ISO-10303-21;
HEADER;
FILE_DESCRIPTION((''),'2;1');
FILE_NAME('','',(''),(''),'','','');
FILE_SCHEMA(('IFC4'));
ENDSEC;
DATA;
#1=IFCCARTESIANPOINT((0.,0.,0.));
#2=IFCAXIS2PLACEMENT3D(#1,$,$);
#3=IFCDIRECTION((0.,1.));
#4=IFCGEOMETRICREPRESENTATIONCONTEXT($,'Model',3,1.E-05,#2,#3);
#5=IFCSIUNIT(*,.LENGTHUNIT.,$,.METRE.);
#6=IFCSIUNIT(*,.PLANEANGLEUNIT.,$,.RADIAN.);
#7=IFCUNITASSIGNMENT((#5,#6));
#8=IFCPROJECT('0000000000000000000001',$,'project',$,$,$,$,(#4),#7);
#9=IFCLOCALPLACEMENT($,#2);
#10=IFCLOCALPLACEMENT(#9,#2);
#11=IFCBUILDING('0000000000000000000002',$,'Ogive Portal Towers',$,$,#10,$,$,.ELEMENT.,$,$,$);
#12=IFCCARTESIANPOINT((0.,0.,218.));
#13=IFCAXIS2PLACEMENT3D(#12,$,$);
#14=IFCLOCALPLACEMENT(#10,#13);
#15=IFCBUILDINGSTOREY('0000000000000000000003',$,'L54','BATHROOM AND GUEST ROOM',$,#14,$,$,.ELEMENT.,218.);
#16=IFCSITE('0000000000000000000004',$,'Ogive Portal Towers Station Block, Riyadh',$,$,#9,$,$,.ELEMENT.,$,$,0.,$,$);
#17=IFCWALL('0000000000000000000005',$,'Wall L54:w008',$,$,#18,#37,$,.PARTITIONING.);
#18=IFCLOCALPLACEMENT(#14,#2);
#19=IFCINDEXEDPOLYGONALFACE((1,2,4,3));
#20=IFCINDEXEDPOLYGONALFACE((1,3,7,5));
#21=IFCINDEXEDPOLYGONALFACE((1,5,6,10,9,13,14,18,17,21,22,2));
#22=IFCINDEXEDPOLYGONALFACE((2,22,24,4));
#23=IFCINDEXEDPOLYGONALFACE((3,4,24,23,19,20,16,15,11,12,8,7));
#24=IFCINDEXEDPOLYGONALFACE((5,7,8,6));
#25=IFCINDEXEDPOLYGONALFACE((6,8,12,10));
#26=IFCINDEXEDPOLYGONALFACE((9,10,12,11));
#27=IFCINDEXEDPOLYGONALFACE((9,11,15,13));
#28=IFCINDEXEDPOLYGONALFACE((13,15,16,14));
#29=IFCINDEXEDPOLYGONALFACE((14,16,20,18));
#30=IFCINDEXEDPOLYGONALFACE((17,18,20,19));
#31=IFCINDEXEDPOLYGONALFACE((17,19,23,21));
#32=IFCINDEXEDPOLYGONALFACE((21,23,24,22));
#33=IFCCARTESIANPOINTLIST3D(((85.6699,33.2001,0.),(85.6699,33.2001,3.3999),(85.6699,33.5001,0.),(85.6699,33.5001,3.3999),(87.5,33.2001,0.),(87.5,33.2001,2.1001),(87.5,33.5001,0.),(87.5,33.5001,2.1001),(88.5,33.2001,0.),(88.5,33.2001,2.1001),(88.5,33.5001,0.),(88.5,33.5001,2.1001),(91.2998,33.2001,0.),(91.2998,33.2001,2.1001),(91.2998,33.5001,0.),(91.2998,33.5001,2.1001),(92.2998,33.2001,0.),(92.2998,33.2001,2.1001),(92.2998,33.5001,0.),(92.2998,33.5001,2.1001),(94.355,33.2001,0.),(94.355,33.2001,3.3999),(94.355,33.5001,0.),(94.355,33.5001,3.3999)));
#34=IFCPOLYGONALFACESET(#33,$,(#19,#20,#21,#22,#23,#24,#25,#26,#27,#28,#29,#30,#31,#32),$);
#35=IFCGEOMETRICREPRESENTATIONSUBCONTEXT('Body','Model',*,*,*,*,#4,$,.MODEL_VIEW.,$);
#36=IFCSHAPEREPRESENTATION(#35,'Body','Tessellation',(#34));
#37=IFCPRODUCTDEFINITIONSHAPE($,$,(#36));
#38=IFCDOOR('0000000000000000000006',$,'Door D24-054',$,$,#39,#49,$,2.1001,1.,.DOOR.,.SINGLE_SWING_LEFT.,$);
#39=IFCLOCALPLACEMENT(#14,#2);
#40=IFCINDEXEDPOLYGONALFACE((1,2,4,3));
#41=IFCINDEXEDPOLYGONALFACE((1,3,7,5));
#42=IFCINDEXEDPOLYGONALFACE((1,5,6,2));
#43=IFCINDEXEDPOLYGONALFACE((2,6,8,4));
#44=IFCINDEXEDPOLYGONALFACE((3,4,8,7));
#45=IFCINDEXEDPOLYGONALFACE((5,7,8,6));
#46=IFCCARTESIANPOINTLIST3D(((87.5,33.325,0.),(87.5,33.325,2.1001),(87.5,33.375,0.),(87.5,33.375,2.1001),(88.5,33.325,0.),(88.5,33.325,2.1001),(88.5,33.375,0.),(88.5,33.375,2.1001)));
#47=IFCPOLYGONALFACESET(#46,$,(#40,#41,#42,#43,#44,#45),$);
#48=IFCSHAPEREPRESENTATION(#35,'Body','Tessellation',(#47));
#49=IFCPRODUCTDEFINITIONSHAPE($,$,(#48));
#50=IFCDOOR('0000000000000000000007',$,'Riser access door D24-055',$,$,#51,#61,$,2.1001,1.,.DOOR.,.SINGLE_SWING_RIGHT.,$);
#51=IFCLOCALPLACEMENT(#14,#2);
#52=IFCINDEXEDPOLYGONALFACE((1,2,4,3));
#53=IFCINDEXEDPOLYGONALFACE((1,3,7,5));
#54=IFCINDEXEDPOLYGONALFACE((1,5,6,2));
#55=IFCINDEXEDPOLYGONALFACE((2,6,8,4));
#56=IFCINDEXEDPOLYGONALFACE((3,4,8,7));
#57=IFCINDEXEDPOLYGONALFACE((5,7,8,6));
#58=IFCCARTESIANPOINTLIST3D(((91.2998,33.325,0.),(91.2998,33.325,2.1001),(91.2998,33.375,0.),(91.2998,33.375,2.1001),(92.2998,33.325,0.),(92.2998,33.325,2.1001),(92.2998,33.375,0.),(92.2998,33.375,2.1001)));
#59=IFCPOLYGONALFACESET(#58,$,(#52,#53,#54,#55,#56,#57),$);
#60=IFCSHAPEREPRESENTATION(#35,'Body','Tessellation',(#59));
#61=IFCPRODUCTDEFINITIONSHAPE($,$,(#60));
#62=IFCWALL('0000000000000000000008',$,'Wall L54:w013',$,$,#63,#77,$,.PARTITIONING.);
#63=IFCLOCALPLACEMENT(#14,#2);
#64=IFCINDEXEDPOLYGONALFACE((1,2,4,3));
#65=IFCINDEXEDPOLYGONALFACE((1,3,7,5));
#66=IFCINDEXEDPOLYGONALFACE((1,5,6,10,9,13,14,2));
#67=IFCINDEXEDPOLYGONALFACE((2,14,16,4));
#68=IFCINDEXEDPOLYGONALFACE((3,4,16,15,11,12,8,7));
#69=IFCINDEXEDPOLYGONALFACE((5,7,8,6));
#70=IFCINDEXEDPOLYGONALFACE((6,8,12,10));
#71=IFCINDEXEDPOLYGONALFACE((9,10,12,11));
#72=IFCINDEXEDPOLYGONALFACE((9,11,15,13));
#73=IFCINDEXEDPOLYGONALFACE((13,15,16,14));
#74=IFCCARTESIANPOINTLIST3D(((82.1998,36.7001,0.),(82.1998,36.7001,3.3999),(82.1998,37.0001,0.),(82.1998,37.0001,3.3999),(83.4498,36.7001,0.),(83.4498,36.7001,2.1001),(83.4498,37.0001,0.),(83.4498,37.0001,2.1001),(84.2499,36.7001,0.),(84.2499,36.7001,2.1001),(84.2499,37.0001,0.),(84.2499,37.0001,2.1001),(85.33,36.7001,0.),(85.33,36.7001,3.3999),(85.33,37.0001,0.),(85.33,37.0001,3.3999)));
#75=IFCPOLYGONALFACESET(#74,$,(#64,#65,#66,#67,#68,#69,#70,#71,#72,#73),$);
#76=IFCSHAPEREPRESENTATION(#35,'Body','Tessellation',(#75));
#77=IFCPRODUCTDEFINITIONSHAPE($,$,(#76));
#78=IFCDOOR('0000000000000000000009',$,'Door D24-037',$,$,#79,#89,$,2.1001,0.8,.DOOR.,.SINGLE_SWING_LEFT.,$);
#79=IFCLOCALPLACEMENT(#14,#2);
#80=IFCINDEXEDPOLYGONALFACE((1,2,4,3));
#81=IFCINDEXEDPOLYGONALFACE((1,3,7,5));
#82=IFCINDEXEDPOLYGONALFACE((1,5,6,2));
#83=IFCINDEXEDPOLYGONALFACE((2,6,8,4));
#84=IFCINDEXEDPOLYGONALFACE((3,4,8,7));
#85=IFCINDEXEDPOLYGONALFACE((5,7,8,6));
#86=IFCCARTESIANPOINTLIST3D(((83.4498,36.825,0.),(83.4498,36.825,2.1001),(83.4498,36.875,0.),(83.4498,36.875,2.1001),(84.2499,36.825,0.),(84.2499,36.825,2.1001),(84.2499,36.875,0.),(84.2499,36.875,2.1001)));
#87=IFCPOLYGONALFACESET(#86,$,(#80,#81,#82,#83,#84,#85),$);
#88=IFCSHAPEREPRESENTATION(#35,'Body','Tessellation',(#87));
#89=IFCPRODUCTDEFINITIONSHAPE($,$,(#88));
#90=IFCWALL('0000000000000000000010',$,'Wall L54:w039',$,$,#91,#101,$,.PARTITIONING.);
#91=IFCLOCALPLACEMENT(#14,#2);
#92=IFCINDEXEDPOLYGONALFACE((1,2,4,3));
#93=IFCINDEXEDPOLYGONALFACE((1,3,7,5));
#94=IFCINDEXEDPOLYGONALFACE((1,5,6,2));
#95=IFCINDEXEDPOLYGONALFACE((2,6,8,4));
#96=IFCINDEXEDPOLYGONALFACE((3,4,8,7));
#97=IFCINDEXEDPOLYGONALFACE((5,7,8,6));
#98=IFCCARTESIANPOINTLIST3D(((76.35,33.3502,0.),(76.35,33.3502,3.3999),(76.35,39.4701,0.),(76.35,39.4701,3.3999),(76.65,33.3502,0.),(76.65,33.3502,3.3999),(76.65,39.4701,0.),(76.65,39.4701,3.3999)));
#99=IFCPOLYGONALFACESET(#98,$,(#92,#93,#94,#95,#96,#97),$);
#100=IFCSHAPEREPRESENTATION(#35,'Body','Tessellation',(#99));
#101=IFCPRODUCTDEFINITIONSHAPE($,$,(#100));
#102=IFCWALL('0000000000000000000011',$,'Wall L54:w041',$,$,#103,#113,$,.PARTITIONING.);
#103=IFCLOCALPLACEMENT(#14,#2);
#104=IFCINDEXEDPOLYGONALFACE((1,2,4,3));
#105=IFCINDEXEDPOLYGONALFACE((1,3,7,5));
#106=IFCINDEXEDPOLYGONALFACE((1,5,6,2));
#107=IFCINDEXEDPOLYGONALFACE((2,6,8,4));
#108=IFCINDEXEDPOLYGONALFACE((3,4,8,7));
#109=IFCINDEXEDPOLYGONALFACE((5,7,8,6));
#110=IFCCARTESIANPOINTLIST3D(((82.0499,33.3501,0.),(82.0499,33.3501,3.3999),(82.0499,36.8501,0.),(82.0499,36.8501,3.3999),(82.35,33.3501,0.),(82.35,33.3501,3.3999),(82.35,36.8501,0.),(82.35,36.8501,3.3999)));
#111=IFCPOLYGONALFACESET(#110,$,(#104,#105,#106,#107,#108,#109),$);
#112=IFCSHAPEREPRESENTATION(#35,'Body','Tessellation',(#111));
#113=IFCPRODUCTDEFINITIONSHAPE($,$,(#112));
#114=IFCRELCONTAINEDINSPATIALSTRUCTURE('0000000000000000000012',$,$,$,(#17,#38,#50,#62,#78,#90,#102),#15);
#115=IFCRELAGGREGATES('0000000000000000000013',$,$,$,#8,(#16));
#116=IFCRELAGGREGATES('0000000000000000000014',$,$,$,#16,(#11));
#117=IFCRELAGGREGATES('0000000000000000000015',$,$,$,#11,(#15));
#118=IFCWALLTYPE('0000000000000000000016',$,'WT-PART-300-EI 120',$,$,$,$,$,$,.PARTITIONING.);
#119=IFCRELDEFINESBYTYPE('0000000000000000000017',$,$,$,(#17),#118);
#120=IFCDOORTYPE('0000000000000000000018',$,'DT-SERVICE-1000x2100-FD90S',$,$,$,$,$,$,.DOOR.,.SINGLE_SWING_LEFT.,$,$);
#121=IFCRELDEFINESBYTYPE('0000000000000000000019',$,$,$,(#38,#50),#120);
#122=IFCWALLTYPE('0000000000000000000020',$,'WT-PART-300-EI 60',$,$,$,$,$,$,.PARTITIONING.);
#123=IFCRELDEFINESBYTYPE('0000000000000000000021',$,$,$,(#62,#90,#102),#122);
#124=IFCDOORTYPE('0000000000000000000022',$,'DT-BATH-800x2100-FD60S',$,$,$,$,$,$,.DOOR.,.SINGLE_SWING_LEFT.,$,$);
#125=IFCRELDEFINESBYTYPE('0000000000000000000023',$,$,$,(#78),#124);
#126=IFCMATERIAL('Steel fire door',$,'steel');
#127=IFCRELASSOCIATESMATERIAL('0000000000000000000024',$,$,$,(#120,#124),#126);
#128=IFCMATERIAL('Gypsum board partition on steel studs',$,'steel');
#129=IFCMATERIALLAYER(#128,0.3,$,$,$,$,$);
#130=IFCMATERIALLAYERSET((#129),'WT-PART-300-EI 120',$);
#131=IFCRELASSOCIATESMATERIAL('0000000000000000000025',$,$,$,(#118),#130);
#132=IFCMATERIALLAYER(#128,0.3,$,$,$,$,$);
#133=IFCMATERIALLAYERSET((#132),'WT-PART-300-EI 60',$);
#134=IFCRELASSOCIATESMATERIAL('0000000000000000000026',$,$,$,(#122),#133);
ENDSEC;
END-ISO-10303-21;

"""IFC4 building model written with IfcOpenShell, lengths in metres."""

from ifc_helpers import new_model, si_unit, direction, frame, frame_2d, origin, place, context, subcontext, project, spatial, rectangle, extrude, material, layer, layer_set, type_object, element, fill, save


model = new_model("IFC4")

# Units and contexts
model_context = context("Model", 3, precision=1e-05, world=origin(), true_north=direction((0.0, 1.0)))
body_context = subcontext(model_context, "Body", "Model", "MODEL_VIEW")
ifc_project = project(units=[si_unit("LENGTHUNIT", "METRE"), si_unit("PLANEANGLEUNIT", "RADIAN")], contexts=[model_context])

# Site, building, storey
site_placement = place(None, origin())
site = spatial("IfcSite", under=ifc_project, at=site_placement, Name="Ogive Portal Towers Station Block, Riyadh", CompositionType="ELEMENT", RefElevation=0.0)
building_placement = place(site_placement, origin())
building = spatial("IfcBuilding", under=site, at=building_placement, Name="Ogive Portal Towers", CompositionType="ELEMENT")
storey_placement = place(building_placement, frame((0.0, 0.0, 218.0)))
storey = spatial("IfcBuildingStorey", under=building, at=storey_placement, Name="L54", Description="BATHROOM AND GUEST ROOM", CompositionType="ELEMENT", Elevation=218.0)

# Wall, openings, doors
ifc_material_1 = material(Name="Steel fire door", Category="steel")
door_type_1 = type_object("IfcDoorType", Name="DT-SERVICE-1000x2100-FD90S", OperationType="SINGLE_SWING_LEFT", PredefinedType="DOOR", material=ifc_material_1)
ifc_material_2 = material(Name="Gypsum board partition on steel studs", Category="steel")
ifc_layer_1 = layer(ifc_material_2, 0.3)
ifc_layer_set_1 = layer_set([ifc_layer_1], Name="WT-PART-300-EI 120")
wall_type_1 = type_object("IfcWallType", Name="WT-PART-300-EI 120", PredefinedType="PARTITIONING", material=ifc_layer_set_1)
wall_1_placement = place(storey_placement, frame((85.6699, 33.3501, 0.0), z_axis=(0.0, 0.0, 1.0), x_axis=(1.0, 0.0, 0.0)))
wall_1 = element("IfcWall", 1, at=wall_1_placement, inside=storey, type_object=wall_type_1, Name="Wall L54:w008", PredefinedType="PARTITIONING", context=body_context, shape_type="SweptSolid", body=[
    extrude(rectangle(XDim=8.6851, YDim=0.3, at=frame_2d((4.3425, 0.0))), origin(), (0.0, 0.0, 1.0), 3.3999),
])
opening_1_placement = place(wall_1_placement, frame((1.8301, 0.0, 0.0)))
opening_1 = element("IfcOpeningElement", 2, at=opening_1_placement, cuts=wall_1, PredefinedType="OPENING", context=body_context, shape_type="SweptSolid", body=[
    extrude(rectangle(XDim=1.0, YDim=2.1001, at=frame_2d((0.5, 1.05))), frame((0.0, 0.1602, 0.0), z_axis=(0.0, -1.0, 0.0), x_axis=(1.0, 0.0, 0.0)), (0.0, 0.0, 1.0), 0.3201),
])
opening_2_placement = place(wall_1_placement, frame((5.6299, 0.0, 0.0)))
opening_2 = element("IfcOpeningElement", 3, at=opening_2_placement, cuts=wall_1, PredefinedType="OPENING", context=body_context, shape_type="SweptSolid", body=[
    extrude(rectangle(XDim=1.0, YDim=2.1001, at=frame_2d((0.5, 1.05))), frame((0.0, 0.1602, 0.0), z_axis=(0.0, -1.0, 0.0), x_axis=(1.0, 0.0, 0.0)), (0.0, 0.0, 1.0), 0.3201),
])
door_1_placement = place(opening_1_placement, origin())
door_1 = element("IfcDoor", 4, at=door_1_placement, inside=storey, type_object=door_type_1, Name="Door D24-054", OperationType="SINGLE_SWING_LEFT", OverallHeight=2.1001, OverallWidth=1.0, PredefinedType="DOOR", context=body_context, shape_type="SweptSolid", body=[
    extrude(rectangle(XDim=1.0, YDim=2.1001, at=frame_2d((0.5, 1.05))), frame((0.0, 0.0249, 0.0), z_axis=(0.0, -1.0, 0.0), x_axis=(1.0, 0.0, 0.0)), (0.0, 0.0, 1.0), 0.05),
])
fill(opening_1, door_1)
door_2_placement = place(opening_2_placement, origin())
door_2 = element("IfcDoor", 5, at=door_2_placement, inside=storey, type_object=door_type_1, Name="Riser access door D24-055", OperationType="SINGLE_SWING_RIGHT", OverallHeight=2.1001, OverallWidth=1.0, PredefinedType="DOOR", context=body_context, shape_type="SweptSolid", body=[
    extrude(rectangle(XDim=1.0, YDim=2.1001, at=frame_2d((0.5, 1.05))), frame((0.0, 0.0249, 0.0), z_axis=(0.0, -1.0, 0.0), x_axis=(1.0, 0.0, 0.0)), (0.0, 0.0, 1.0), 0.05),
])
fill(opening_2, door_2)

# Wall, opening, door
ifc_layer_2 = layer(ifc_material_2, 0.3)
ifc_layer_set_2 = layer_set([ifc_layer_2], Name="WT-PART-300-EI 60")
wall_type_2 = type_object("IfcWallType", Name="WT-PART-300-EI 60", PredefinedType="PARTITIONING", material=ifc_layer_set_2)
wall_2_placement = place(storey_placement, frame((82.2, 36.8501, 0.0), z_axis=(0.0, 0.0, 1.0), x_axis=(1.0, 0.0, 0.0)))
wall_2 = element("IfcWall", 6, at=wall_2_placement, inside=storey, type_object=wall_type_2, Name="Wall L54:w013", PredefinedType="PARTITIONING", context=body_context, shape_type="SweptSolid", body=[
    extrude(rectangle(XDim=3.1301, YDim=0.3, at=frame_2d((1.5649, 0.0))), origin(), (0.0, 0.0, 1.0), 3.3999),
])
opening_3_placement = place(wall_2_placement, frame((1.25, 0.0, 0.0)))
opening_3 = element("IfcOpeningElement", 7, at=opening_3_placement, cuts=wall_2, PredefinedType="OPENING", context=body_context, shape_type="SweptSolid", body=[
    extrude(rectangle(XDim=0.8, YDim=2.1001, at=frame_2d((0.3999, 1.05))), frame((0.0, 0.1602, 0.0), z_axis=(0.0, -1.0, 0.0), x_axis=(1.0, 0.0, 0.0)), (0.0, 0.0, 1.0), 0.3201),
])
door_type_2 = type_object("IfcDoorType", Name="DT-BATH-800x2100-FD60S", OperationType="SINGLE_SWING_LEFT", PredefinedType="DOOR", material=ifc_material_1)
door_3_placement = place(opening_3_placement, origin())
door_3 = element("IfcDoor", 8, at=door_3_placement, inside=storey, type_object=door_type_2, Name="Door D24-037", OperationType="SINGLE_SWING_LEFT", OverallHeight=2.1001, OverallWidth=0.8, PredefinedType="DOOR", context=body_context, shape_type="SweptSolid", body=[
    extrude(rectangle(XDim=0.8, YDim=2.1001, at=frame_2d((0.3999, 1.05))), frame((0.0, 0.0249, 0.0), z_axis=(0.0, -1.0, 0.0), x_axis=(1.0, 0.0, 0.0)), (0.0, 0.0, 1.0), 0.05),
])
fill(opening_3, door_3)

# Walls
wall_3_placement = place(storey_placement, frame((76.5, 33.3501, 0.0), z_axis=(0.0, 0.0, 1.0), x_axis=(0.0, 1.0, 0.0)))
element("IfcWall", 9, at=wall_3_placement, inside=storey, type_object=wall_type_2, Name="Wall L54:w039", PredefinedType="PARTITIONING", context=body_context, shape_type="SweptSolid", body=[
    extrude(rectangle(XDim=6.1199, YDim=0.3, at=frame_2d((3.0601, 0.0))), origin(), (0.0, 0.0, 1.0), 3.3999),
])
wall_4_placement = place(storey_placement, frame((82.2, 33.3501, 0.0), z_axis=(0.0, 0.0, 1.0), x_axis=(0.0, 1.0, 0.0)))
element("IfcWall", 10, at=wall_4_placement, inside=storey, type_object=wall_type_2, Name="Wall L54:w041", PredefinedType="PARTITIONING", context=body_context, shape_type="SweptSolid", body=[
    extrude(rectangle(XDim=3.5, YDim=0.3, at=frame_2d((1.75, 0.0))), origin(), (0.0, 0.0, 1.0), 3.3999),
])

save(model, "model.ifc")
